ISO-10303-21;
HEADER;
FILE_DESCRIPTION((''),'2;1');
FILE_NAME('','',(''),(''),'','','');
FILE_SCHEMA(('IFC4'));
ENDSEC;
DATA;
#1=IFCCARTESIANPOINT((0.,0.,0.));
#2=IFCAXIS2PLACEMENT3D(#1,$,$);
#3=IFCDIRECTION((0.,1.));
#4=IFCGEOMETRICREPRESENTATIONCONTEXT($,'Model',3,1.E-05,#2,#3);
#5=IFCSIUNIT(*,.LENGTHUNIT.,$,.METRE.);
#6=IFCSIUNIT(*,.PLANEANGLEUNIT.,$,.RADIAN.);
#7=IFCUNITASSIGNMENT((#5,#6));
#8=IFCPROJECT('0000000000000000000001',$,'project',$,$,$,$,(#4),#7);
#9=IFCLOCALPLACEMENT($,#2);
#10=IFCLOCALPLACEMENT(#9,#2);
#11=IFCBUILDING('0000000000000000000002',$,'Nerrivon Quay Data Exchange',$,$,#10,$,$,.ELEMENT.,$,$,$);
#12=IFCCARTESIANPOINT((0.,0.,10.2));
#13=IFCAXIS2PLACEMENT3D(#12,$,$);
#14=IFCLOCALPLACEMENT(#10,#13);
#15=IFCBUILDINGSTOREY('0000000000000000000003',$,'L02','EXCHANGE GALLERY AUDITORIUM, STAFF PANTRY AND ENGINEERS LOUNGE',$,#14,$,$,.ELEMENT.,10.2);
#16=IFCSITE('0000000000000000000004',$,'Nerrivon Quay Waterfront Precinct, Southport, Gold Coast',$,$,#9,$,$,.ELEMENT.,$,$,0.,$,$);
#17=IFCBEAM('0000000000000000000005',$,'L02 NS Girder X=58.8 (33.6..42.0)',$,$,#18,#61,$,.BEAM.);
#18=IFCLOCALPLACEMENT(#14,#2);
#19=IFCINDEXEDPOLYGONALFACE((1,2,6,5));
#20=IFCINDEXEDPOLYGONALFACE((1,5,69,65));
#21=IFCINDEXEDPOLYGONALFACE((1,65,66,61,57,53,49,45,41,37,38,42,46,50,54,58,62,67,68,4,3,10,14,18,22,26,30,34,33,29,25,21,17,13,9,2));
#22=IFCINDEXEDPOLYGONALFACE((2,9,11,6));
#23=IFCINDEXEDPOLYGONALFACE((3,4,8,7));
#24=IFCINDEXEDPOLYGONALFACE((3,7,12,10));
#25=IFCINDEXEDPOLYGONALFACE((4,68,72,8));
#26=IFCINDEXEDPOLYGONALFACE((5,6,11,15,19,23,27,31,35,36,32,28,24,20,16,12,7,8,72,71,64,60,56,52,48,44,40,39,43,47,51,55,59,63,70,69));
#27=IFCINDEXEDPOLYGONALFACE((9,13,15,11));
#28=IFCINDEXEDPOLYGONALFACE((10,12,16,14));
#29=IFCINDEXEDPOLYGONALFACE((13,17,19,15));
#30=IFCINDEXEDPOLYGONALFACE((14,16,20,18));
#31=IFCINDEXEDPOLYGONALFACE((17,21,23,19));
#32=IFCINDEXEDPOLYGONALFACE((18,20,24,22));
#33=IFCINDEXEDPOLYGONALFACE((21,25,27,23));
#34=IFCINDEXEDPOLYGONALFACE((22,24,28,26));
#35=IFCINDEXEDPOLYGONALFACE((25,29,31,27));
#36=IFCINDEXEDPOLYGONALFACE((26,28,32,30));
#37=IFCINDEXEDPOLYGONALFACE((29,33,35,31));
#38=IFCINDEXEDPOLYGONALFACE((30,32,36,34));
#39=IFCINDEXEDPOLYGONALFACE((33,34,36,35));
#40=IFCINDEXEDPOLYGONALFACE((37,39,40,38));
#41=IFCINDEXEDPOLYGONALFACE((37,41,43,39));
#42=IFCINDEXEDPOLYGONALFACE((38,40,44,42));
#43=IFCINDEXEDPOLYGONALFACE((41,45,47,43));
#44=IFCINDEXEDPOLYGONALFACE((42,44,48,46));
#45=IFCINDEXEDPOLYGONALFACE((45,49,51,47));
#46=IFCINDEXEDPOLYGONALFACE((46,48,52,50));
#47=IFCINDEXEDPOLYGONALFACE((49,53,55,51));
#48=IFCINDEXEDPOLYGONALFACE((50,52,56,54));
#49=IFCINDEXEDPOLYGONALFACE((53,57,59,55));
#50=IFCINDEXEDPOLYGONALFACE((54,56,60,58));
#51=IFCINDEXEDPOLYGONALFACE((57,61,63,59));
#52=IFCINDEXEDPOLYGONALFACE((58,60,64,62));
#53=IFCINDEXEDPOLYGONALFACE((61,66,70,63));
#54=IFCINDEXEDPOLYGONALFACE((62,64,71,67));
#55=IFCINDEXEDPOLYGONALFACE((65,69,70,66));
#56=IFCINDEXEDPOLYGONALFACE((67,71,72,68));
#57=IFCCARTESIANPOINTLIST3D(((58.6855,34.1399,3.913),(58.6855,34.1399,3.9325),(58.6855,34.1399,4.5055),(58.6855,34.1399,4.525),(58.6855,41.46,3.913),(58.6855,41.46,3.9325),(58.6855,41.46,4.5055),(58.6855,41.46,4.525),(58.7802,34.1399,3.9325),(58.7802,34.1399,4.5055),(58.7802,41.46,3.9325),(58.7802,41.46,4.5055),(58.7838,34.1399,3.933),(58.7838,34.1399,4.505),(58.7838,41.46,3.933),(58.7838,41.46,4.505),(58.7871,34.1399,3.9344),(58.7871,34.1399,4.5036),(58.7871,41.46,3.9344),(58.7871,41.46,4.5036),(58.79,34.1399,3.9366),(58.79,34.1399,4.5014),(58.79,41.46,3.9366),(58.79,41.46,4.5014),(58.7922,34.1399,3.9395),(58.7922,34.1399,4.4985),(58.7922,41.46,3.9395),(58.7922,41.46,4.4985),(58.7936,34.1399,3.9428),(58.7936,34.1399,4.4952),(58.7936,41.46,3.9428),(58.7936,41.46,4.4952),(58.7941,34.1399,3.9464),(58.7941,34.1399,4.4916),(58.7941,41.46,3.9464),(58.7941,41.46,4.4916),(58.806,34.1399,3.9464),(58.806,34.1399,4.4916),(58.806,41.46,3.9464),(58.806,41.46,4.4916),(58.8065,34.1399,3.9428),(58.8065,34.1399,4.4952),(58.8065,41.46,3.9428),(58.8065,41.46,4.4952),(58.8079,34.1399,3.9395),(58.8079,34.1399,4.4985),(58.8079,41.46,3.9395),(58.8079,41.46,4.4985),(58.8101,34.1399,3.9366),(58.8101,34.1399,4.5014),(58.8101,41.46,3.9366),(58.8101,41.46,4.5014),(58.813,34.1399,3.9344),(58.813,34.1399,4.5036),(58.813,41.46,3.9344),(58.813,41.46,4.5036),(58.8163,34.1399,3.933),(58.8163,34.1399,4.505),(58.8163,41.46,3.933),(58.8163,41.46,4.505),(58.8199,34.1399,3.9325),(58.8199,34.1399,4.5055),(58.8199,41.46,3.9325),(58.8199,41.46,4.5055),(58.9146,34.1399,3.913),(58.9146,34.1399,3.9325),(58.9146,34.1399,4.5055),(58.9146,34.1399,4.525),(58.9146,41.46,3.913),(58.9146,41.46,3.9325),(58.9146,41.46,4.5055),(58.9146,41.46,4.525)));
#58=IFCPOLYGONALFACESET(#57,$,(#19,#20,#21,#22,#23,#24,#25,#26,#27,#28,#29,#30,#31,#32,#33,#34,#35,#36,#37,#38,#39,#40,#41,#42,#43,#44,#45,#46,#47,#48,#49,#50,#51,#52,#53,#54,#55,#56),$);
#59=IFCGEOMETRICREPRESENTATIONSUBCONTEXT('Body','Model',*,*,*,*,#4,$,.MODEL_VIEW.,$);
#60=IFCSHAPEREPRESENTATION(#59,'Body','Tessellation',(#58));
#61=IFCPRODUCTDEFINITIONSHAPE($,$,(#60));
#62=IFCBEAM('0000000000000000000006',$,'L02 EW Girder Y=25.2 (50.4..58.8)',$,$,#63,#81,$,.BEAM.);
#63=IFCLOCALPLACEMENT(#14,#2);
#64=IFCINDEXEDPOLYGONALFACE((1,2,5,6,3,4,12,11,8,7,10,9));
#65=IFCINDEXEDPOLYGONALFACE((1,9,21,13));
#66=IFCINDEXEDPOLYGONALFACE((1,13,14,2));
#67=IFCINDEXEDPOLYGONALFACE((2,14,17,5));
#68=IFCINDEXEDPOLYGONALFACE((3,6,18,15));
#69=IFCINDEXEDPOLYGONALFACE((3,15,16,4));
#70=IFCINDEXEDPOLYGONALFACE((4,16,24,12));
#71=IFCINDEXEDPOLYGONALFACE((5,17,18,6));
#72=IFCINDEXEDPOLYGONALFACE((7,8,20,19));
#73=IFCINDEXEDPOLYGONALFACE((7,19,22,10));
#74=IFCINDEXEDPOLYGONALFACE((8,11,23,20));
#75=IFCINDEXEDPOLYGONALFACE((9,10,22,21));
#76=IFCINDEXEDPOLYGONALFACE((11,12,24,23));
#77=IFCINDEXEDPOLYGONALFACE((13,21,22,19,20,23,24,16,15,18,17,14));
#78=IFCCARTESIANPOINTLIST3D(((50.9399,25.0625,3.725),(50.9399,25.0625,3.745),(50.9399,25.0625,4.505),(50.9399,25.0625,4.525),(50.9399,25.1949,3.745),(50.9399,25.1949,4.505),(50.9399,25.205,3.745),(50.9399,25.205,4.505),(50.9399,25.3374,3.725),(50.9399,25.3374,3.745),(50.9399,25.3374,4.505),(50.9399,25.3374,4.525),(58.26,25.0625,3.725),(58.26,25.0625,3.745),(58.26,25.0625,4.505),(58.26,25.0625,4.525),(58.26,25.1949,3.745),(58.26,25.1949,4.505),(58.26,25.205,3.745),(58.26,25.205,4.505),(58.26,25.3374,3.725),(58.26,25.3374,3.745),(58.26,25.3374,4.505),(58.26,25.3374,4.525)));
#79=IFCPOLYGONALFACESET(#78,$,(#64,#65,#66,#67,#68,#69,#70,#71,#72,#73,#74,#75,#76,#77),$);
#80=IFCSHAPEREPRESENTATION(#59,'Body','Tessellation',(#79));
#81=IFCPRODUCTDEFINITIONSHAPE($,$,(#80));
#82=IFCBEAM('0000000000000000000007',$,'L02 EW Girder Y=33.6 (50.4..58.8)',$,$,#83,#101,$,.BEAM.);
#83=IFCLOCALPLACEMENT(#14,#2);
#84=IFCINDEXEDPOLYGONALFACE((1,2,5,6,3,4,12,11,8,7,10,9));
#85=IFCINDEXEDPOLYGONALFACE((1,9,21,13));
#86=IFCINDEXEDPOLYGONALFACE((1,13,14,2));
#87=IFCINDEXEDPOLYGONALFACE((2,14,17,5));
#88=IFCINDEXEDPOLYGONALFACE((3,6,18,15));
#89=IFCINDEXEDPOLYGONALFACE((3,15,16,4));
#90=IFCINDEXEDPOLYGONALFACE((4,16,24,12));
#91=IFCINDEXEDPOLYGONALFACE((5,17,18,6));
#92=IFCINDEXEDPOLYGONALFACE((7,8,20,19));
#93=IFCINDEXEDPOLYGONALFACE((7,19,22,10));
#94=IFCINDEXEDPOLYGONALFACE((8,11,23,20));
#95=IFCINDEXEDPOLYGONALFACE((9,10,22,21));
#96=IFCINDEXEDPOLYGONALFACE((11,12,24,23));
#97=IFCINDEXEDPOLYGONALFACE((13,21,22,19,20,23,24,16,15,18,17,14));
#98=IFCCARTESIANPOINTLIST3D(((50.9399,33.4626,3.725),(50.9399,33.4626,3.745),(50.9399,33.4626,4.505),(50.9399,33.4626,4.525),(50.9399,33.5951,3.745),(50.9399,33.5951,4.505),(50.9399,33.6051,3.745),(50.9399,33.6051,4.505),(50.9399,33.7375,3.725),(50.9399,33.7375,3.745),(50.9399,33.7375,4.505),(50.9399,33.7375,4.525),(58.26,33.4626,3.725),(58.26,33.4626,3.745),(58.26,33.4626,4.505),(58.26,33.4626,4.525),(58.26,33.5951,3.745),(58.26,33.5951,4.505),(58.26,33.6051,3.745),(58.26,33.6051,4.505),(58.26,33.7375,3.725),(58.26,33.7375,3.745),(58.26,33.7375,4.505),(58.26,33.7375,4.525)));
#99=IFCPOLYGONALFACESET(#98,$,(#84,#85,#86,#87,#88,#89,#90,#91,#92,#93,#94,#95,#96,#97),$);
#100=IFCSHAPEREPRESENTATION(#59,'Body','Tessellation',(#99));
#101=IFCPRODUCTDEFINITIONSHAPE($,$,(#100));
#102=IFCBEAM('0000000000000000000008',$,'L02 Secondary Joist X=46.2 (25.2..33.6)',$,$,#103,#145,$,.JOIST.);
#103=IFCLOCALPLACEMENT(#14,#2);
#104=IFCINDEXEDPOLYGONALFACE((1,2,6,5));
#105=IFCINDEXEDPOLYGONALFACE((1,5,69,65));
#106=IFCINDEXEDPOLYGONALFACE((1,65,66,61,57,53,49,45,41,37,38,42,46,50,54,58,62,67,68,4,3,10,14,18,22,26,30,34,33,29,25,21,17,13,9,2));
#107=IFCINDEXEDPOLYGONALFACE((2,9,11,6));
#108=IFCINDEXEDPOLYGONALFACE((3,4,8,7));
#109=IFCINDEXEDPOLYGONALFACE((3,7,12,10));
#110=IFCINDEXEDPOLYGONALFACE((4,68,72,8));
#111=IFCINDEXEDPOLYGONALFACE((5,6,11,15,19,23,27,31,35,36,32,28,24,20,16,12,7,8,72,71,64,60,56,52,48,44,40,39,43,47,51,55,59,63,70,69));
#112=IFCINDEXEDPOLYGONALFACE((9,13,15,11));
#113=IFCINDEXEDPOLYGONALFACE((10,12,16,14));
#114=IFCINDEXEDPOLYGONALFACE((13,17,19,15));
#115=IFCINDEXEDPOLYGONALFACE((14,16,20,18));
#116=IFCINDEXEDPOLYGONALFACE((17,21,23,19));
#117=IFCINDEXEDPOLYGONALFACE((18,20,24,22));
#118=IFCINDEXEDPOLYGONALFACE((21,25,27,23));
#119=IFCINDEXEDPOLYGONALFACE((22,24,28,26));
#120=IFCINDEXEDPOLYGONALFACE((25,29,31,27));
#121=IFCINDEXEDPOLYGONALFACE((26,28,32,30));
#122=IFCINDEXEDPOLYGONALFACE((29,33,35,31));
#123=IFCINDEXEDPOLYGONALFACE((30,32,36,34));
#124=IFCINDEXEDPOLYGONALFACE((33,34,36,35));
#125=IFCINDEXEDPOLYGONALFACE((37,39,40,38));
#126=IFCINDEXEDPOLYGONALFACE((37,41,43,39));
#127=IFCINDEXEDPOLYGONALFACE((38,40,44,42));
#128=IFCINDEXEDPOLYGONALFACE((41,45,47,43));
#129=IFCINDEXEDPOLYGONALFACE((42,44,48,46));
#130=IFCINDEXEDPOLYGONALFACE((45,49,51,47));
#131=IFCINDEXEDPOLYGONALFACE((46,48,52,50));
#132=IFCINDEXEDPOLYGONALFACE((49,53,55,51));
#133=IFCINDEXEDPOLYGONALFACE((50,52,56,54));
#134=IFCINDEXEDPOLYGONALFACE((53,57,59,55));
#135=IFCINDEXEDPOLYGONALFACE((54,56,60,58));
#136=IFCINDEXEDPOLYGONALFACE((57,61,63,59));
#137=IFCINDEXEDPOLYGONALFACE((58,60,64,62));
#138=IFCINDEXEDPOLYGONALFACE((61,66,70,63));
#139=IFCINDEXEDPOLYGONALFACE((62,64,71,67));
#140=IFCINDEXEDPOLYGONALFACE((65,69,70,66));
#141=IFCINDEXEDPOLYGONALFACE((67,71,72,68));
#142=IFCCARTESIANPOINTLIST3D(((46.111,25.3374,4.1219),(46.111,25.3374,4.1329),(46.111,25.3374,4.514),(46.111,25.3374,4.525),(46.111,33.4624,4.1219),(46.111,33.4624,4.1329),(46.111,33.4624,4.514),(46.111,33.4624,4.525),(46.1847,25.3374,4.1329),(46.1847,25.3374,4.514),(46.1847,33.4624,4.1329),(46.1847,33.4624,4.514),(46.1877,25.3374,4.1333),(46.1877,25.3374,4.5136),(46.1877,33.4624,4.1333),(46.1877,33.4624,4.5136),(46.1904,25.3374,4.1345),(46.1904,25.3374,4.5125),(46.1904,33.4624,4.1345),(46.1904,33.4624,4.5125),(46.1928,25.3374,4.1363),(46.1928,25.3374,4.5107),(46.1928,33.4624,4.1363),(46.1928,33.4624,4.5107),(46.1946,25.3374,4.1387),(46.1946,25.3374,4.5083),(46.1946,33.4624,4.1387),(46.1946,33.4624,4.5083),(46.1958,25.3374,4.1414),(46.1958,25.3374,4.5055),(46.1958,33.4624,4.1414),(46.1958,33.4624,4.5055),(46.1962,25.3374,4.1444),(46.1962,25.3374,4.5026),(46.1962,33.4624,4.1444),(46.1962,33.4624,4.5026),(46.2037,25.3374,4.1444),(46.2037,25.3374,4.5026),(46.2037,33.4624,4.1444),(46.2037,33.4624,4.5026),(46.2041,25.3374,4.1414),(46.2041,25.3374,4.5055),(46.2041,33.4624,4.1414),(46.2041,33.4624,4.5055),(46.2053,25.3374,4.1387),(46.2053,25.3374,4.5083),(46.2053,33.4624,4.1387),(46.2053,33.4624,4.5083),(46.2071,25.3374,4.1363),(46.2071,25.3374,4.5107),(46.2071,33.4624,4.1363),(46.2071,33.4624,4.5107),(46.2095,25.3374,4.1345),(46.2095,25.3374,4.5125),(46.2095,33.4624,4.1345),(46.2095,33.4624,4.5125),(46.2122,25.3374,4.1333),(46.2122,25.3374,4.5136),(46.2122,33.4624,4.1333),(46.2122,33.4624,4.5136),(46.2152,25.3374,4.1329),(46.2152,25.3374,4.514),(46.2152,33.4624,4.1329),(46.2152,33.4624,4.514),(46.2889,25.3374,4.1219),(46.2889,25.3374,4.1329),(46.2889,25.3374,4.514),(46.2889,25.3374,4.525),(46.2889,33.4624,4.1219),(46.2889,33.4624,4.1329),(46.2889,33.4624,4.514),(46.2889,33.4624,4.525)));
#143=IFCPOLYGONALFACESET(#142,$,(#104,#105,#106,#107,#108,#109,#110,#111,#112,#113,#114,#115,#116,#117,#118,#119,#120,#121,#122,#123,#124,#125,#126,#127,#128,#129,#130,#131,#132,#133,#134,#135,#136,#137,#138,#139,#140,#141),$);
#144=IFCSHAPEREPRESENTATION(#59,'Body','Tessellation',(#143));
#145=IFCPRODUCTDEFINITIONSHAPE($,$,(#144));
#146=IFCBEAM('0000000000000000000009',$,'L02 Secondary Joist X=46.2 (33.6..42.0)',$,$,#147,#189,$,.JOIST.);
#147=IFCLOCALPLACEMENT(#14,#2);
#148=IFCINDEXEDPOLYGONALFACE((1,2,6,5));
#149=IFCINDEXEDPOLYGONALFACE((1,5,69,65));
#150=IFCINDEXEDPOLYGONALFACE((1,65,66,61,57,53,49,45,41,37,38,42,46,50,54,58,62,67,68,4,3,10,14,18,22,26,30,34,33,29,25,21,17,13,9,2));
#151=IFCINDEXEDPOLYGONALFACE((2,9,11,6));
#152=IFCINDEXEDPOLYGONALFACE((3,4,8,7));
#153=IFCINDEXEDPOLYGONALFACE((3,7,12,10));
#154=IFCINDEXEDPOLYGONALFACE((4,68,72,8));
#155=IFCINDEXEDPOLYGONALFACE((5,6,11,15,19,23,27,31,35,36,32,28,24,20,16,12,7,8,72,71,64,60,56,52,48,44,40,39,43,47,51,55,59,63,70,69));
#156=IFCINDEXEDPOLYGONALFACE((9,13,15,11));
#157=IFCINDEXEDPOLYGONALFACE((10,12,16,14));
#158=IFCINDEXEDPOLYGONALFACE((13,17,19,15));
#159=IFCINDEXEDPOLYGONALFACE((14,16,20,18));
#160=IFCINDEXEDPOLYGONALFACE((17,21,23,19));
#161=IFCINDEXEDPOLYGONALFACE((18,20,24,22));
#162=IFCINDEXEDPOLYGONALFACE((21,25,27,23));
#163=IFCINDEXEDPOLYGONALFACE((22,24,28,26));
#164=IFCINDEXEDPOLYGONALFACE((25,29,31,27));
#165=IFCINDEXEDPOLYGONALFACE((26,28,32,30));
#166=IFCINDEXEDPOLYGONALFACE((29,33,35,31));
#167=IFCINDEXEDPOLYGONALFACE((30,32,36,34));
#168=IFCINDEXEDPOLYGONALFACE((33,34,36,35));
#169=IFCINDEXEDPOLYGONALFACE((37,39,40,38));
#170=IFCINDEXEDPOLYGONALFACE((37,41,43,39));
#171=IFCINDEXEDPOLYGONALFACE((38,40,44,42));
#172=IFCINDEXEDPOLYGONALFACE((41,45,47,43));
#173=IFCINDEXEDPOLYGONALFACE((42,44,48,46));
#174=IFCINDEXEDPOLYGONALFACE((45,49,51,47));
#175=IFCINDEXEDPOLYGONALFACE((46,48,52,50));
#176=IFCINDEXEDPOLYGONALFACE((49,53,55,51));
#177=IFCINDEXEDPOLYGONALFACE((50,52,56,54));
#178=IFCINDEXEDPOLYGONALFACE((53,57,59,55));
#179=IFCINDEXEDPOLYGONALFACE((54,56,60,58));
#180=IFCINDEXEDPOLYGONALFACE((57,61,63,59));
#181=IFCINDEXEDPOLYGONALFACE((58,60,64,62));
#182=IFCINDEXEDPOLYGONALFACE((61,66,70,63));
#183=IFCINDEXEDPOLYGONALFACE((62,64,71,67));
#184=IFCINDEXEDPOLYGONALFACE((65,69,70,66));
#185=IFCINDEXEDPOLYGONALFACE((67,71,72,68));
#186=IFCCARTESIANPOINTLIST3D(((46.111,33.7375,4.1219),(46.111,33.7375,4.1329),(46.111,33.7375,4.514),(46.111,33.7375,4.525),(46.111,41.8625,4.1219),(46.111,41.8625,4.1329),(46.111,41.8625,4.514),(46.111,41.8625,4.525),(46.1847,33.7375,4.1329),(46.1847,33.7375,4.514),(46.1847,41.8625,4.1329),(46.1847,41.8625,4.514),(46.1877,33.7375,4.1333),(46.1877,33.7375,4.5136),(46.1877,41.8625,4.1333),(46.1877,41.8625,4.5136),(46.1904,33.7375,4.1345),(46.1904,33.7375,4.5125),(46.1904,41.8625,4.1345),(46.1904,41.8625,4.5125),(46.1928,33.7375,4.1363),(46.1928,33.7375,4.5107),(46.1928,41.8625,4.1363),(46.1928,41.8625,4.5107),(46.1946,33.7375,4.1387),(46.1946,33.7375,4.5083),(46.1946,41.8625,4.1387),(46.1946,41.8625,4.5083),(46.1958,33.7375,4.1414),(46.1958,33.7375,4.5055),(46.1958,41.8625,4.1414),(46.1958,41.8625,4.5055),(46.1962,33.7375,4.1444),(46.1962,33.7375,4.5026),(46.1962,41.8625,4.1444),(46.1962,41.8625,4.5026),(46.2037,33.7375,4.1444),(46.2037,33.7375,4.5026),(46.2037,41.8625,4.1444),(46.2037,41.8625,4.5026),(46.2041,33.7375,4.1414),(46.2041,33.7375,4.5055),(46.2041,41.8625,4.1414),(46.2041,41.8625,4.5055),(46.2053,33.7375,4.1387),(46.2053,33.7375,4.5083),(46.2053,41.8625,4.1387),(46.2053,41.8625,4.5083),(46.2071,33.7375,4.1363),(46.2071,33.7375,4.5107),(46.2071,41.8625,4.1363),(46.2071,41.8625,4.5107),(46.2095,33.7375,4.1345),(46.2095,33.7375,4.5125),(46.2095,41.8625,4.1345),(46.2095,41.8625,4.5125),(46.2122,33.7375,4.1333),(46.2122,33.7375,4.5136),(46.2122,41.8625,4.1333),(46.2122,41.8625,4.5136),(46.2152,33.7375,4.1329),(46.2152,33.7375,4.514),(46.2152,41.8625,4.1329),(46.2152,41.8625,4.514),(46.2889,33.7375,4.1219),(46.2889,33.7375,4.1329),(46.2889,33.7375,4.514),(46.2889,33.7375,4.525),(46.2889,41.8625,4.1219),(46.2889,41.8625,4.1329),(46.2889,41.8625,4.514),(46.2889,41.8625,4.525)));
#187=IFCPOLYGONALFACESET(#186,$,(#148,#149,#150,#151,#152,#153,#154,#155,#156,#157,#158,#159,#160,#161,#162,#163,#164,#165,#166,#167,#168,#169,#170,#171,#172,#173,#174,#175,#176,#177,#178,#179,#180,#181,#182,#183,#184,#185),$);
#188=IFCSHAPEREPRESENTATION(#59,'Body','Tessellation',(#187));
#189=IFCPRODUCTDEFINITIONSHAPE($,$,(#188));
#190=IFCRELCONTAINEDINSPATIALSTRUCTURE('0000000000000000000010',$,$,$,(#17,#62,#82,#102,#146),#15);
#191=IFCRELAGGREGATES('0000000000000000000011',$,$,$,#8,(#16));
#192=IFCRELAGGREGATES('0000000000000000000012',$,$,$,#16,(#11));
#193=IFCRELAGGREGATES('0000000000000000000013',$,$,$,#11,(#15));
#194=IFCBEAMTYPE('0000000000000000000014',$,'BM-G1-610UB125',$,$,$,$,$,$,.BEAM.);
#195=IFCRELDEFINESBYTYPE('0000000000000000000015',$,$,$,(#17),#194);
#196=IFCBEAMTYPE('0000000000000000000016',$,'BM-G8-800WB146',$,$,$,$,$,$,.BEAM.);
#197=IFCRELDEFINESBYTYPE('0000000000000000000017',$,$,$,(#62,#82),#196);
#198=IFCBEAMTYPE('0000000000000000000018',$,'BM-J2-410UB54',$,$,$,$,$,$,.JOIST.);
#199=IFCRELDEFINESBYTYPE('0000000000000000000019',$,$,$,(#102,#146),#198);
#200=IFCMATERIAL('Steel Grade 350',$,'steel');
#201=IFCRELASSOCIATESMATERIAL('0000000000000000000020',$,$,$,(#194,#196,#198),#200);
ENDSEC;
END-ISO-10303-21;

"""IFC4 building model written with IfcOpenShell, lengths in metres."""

from ifc_helpers import new_model, si_unit, direction, frame, origin, origin_2d, place, context, subcontext, project, spatial, i_section, extrude, material, material_profile, profile_set, type_object, element, save


model = new_model("IFC4")

# Units and contexts
model_context = context("Model", 3, precision=1e-05, world=origin(), true_north=direction((0.0, 1.0)))
body_context = subcontext(model_context, "Body", "Model", "MODEL_VIEW")
ifc_project = project(units=[si_unit("LENGTHUNIT", "METRE"), si_unit("PLANEANGLEUNIT", "RADIAN")], contexts=[model_context])

# Site, building, storey
site_placement = place(None, origin())
site = spatial("IfcSite", under=ifc_project, at=site_placement, Name="Nerrivon Quay Waterfront Precinct, Southport, Gold Coast", CompositionType="ELEMENT", RefElevation=0.0)
building_placement = place(site_placement, origin())
building = spatial("IfcBuilding", under=site, at=building_placement, Name="Nerrivon Quay Data Exchange", CompositionType="ELEMENT")
storey_placement = place(building_placement, frame((0.0, 0.0, 10.2)))
storey = spatial("IfcBuildingStorey", under=building, at=storey_placement, Name="L02", Description="EXCHANGE GALLERY AUDITORIUM, STAFF PANTRY AND ENGINEERS LOUNGE", CompositionType="ELEMENT", Elevation=10.2)

# Beams
ifc_material_1 = material(Name="Steel Grade 350", Category="steel")
ifc_material_profile_1 = material_profile(ifc_material_1, i_section(OverallWidth=0.229, OverallDepth=0.6121, WebThickness=0.012, FlangeThickness=0.0195, FilletRadius=0.0139, at=origin_2d()), Name="610UB125")
ifc_profile_set_1 = profile_set([ifc_material_profile_1], Name="Steel Grade 350")
beam_type_1 = type_object("IfcBeamType", Name="BM-G1-610UB125", PredefinedType="BEAM", material=ifc_profile_set_1)
for number, where, z_axis, x_axis, name in (
    (1, (58.8, 34.1399, 4.219), (0.0, 1.0, 0.0), (-1.0, 0.0, 0.0), "L02 NS Girder X=58.8 (33.6..42.0)"),
):
    element("IfcBeam", number, at=place(storey_placement, frame(where, z_axis=z_axis, x_axis=x_axis)), inside=storey, type_object=beam_type_1, Name=name, PredefinedType="BEAM", context=body_context, shape_type="SweptSolid", body=[
        extrude(i_section(OverallWidth=0.229, OverallDepth=0.6121, WebThickness=0.012, FlangeThickness=0.0195, FilletRadius=0.0139, at=origin_2d()), origin(), (0.0, 0.0, 1.0), 7.3201),
    ])
ifc_material_profile_2 = material_profile(ifc_material_1, i_section(OverallWidth=0.2749, OverallDepth=0.8, WebThickness=0.01, FlangeThickness=0.02, at=origin_2d()), Name="800WB146")
ifc_profile_set_2 = profile_set([ifc_material_profile_2], Name="Steel Grade 350")
beam_type_2 = type_object("IfcBeamType", Name="BM-G8-800WB146", PredefinedType="BEAM", material=ifc_profile_set_2)
for number, where, z_axis, x_axis, name in (
    (2, (50.9399, 25.2, 4.125), (1.0, 0.0, 0.0), (0.0, 1.0, 0.0), "L02 EW Girder Y=25.2 (50.4..58.8)"),
    (3, (50.9399, 33.6001, 4.125), (1.0, 0.0, 0.0), (0.0, 1.0, 0.0), "L02 EW Girder Y=33.6 (50.4..58.8)"),
):
    element("IfcBeam", number, at=place(storey_placement, frame(where, z_axis=z_axis, x_axis=x_axis)), inside=storey, type_object=beam_type_2, Name=name, PredefinedType="BEAM", context=body_context, shape_type="SweptSolid", body=[
        extrude(i_section(OverallWidth=0.2749, OverallDepth=0.8, WebThickness=0.01, FlangeThickness=0.02, at=origin_2d()), origin(), (0.0, 0.0, 1.0), 7.3201),
    ])
ifc_material_profile_3 = material_profile(ifc_material_1, i_section(OverallWidth=0.178, OverallDepth=0.4031, WebThickness=0.0076, FlangeThickness=0.011, FilletRadius=0.0115, at=origin_2d()), Name="410UB53.7")
ifc_profile_set_3 = profile_set([ifc_material_profile_3], Name="Steel Grade 350")
beam_type_3 = type_object("IfcBeamType", Name="BM-J2-410UB54", PredefinedType="JOIST", material=ifc_profile_set_3)
for number, where, z_axis, x_axis, name in (
    (4, (46.2, 25.3374, 4.3235), (0.0, 1.0, 0.0), (-1.0, 0.0, 0.0), "L02 Secondary Joist X=46.2 (25.2..33.6)"),
    (5, (46.2, 33.7375, 4.3235), (0.0, 1.0, 0.0), (-1.0, 0.0, 0.0), "L02 Secondary Joist X=46.2 (33.6..42.0)"),
):
    element("IfcBeam", number, at=place(storey_placement, frame(where, z_axis=z_axis, x_axis=x_axis)), inside=storey, type_object=beam_type_3, Name=name, PredefinedType="JOIST", context=body_context, shape_type="SweptSolid", body=[
        extrude(i_section(OverallWidth=0.178, OverallDepth=0.4031, WebThickness=0.0076, FlangeThickness=0.011, FilletRadius=0.0115, at=origin_2d()), origin(), (0.0, 0.0, 1.0), 8.125),
    ])

save(model, "model.ifc")
